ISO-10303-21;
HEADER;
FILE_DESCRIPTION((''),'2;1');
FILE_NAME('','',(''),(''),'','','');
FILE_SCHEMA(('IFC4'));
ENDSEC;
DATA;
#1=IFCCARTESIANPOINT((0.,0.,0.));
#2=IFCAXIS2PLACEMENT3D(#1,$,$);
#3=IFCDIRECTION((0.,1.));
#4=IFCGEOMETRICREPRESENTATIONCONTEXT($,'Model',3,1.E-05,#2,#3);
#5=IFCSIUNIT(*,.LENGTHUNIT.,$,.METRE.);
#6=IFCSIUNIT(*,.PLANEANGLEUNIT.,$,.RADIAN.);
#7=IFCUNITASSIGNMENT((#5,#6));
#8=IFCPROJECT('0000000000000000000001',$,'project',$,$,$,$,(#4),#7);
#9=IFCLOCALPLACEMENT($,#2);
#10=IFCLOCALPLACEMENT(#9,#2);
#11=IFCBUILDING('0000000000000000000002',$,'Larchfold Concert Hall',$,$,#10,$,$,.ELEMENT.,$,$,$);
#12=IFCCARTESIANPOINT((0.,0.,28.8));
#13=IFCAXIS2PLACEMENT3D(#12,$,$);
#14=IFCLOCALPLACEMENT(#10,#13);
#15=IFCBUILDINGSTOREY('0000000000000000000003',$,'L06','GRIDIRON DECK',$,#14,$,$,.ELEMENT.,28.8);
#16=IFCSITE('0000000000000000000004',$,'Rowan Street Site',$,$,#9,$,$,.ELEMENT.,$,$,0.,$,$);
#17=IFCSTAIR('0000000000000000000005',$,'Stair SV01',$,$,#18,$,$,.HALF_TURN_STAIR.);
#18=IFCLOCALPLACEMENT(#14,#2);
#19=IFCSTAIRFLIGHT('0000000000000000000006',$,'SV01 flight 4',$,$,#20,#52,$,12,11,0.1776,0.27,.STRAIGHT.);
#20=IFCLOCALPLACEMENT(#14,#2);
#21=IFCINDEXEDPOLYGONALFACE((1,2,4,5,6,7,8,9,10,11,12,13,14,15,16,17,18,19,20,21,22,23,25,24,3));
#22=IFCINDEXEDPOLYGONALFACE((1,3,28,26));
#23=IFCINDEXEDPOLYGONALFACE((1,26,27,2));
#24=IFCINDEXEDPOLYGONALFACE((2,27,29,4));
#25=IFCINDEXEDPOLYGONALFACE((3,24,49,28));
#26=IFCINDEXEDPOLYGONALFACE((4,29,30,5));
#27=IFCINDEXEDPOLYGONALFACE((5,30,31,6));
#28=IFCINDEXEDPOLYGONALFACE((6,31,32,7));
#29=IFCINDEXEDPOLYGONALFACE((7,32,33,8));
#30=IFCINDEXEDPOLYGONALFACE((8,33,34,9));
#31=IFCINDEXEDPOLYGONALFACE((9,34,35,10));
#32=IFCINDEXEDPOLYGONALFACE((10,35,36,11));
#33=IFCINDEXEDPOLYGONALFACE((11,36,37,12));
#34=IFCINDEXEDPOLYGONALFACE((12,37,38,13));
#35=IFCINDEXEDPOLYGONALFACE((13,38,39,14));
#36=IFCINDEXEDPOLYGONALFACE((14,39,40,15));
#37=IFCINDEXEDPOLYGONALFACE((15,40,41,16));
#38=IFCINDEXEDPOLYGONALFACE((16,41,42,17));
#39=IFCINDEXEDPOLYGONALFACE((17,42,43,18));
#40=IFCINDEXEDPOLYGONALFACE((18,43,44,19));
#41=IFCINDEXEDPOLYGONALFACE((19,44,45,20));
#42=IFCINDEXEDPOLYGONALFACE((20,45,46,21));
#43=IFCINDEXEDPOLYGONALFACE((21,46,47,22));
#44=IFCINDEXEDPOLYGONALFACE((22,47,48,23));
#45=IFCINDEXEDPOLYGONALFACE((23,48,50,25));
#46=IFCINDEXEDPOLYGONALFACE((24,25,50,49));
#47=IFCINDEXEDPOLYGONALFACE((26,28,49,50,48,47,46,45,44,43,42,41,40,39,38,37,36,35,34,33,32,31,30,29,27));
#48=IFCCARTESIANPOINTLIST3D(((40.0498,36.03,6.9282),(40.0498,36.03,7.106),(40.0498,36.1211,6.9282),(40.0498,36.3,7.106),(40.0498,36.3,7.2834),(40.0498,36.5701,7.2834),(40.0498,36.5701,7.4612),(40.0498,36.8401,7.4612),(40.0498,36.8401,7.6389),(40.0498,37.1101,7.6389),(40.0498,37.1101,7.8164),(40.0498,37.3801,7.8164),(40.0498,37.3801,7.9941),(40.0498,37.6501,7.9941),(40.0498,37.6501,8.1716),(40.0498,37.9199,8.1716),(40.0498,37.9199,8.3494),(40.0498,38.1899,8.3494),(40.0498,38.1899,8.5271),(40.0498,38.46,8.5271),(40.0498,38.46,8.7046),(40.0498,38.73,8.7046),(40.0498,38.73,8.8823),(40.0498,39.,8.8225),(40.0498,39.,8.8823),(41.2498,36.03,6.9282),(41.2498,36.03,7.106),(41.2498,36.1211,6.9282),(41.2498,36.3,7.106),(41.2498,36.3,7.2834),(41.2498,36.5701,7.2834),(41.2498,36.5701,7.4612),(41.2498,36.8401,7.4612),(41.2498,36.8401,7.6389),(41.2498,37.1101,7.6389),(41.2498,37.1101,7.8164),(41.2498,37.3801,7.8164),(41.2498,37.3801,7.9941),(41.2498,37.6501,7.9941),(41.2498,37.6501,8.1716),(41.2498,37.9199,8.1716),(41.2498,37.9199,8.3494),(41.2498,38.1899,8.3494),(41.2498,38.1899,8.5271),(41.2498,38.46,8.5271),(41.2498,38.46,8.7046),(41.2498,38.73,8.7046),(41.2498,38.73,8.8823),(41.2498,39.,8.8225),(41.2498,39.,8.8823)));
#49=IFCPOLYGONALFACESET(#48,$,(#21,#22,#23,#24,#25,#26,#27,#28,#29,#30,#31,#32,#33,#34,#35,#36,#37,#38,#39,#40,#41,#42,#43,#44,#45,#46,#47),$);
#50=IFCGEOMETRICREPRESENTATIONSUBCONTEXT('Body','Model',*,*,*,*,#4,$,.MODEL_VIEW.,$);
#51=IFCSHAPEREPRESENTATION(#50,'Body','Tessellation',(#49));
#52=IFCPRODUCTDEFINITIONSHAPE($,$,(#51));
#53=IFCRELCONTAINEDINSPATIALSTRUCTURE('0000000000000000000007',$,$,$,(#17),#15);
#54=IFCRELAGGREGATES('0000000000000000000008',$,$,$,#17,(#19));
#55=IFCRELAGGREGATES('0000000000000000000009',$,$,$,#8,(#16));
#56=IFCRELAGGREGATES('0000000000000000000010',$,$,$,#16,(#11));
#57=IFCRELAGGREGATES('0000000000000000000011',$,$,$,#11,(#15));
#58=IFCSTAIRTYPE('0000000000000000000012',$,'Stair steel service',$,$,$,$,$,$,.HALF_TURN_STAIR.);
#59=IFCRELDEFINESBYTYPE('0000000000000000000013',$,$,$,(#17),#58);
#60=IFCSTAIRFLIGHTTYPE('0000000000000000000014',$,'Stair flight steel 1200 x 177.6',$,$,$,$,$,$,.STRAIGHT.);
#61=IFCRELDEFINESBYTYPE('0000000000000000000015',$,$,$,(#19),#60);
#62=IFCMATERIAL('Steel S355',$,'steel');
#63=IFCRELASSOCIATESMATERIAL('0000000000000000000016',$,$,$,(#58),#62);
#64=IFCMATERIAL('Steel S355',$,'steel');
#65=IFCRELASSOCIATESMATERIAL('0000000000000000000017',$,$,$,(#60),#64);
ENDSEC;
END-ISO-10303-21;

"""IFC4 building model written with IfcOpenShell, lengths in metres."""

from ifc_helpers import new_model, si_unit, direction, frame, origin, place, context, subcontext, project, spatial, polyline, outline, extrude, material, type_object, element, aggregate, save


model = new_model("IFC4")

# Units and contexts
model_context = context("Model", 3, precision=1e-05, world=origin(), true_north=direction((0.0, 1.0)))
body_context = subcontext(model_context, "Body", "Model", "MODEL_VIEW")
ifc_project = project(units=[si_unit("LENGTHUNIT", "METRE"), si_unit("PLANEANGLEUNIT", "RADIAN")], contexts=[model_context])

# Site, building, storey
site_placement = place(None, origin())
site = spatial("IfcSite", under=ifc_project, at=site_placement, Name="Rowan Street Site", CompositionType="ELEMENT", RefElevation=0.0)
building_placement = place(site_placement, origin())
building = spatial("IfcBuilding", under=site, at=building_placement, Name="Larchfold Concert Hall", CompositionType="ELEMENT")
storey_placement = place(building_placement, frame((0.0, 0.0, 28.8)))
storey = spatial("IfcBuildingStorey", under=building, at=storey_placement, Name="L06", Description="GRIDIRON DECK", CompositionType="ELEMENT", Elevation=28.8)

# Stair, stair flight
ifc_material_1 = material(Name="Steel S355", Category="steel")
stair_type = type_object("IfcStairType", Name="Stair steel service", PredefinedType="HALF_TURN_STAIR", material=ifc_material_1)
stair_placement = place(storey_placement, origin())
stair = element("IfcStair", 1, at=stair_placement, inside=storey, type_object=stair_type, Name="Stair SV01", PredefinedType="HALF_TURN_STAIR")
ifc_material_2 = material(Name="Steel S355", Category="steel")
stair_flight_type = type_object("IfcStairFlightType", Name="Stair flight steel 1200 x 177.6", PredefinedType="STRAIGHT", material=ifc_material_2)
stair_flight_placement = place(storey_placement, frame((40.6499, 36.03, 6.9282), z_axis=(0.0, 0.0, 1.0), x_axis=(0.0, 1.0, 0.0)))
stair_flight = element("IfcStairFlight", 2, at=stair_flight_placement, type_object=stair_flight_type, Name="SV01 flight 4", NumberOfRisers=12, NumberOfTreads=11, PredefinedType="STRAIGHT", RiserHeight=0.1776, TreadLength=0.27, context=body_context, shape_type="SweptSolid", body=[
    extrude(outline(polyline([(0.0, 0.0), (0.0, 0.1777), (0.27, 0.1777), (0.27, 0.3552), (0.54, 0.3552), (0.54, 0.533), (0.8101, 0.533), (0.8101, 0.7107), (1.0801, 0.7107), (1.0801, 0.8882), (1.3501, 0.8882), (1.3501, 1.0659), (1.6201, 1.0659), (1.6201, 1.2434), (1.8899, 1.2434), (1.8899, 1.4211), (2.1599, 1.4211), (2.1599, 1.5989), (2.4299, 1.5989), (2.4299, 1.7764), (2.7, 1.7764), (2.7, 1.9541), (2.97, 1.9541), (2.97, 2.1318), (2.97, 1.8943), (0.0911, 0.0), (0.0, 0.0)])), frame((0.0, 0.6001, 0.0), z_axis=(0.0, -1.0, 0.0), x_axis=(1.0, 0.0, 0.0)), (0.0, 0.0, 1.0), 1.2),
])
aggregate(stair, [stair_flight])

save(model, "model.ifc")
